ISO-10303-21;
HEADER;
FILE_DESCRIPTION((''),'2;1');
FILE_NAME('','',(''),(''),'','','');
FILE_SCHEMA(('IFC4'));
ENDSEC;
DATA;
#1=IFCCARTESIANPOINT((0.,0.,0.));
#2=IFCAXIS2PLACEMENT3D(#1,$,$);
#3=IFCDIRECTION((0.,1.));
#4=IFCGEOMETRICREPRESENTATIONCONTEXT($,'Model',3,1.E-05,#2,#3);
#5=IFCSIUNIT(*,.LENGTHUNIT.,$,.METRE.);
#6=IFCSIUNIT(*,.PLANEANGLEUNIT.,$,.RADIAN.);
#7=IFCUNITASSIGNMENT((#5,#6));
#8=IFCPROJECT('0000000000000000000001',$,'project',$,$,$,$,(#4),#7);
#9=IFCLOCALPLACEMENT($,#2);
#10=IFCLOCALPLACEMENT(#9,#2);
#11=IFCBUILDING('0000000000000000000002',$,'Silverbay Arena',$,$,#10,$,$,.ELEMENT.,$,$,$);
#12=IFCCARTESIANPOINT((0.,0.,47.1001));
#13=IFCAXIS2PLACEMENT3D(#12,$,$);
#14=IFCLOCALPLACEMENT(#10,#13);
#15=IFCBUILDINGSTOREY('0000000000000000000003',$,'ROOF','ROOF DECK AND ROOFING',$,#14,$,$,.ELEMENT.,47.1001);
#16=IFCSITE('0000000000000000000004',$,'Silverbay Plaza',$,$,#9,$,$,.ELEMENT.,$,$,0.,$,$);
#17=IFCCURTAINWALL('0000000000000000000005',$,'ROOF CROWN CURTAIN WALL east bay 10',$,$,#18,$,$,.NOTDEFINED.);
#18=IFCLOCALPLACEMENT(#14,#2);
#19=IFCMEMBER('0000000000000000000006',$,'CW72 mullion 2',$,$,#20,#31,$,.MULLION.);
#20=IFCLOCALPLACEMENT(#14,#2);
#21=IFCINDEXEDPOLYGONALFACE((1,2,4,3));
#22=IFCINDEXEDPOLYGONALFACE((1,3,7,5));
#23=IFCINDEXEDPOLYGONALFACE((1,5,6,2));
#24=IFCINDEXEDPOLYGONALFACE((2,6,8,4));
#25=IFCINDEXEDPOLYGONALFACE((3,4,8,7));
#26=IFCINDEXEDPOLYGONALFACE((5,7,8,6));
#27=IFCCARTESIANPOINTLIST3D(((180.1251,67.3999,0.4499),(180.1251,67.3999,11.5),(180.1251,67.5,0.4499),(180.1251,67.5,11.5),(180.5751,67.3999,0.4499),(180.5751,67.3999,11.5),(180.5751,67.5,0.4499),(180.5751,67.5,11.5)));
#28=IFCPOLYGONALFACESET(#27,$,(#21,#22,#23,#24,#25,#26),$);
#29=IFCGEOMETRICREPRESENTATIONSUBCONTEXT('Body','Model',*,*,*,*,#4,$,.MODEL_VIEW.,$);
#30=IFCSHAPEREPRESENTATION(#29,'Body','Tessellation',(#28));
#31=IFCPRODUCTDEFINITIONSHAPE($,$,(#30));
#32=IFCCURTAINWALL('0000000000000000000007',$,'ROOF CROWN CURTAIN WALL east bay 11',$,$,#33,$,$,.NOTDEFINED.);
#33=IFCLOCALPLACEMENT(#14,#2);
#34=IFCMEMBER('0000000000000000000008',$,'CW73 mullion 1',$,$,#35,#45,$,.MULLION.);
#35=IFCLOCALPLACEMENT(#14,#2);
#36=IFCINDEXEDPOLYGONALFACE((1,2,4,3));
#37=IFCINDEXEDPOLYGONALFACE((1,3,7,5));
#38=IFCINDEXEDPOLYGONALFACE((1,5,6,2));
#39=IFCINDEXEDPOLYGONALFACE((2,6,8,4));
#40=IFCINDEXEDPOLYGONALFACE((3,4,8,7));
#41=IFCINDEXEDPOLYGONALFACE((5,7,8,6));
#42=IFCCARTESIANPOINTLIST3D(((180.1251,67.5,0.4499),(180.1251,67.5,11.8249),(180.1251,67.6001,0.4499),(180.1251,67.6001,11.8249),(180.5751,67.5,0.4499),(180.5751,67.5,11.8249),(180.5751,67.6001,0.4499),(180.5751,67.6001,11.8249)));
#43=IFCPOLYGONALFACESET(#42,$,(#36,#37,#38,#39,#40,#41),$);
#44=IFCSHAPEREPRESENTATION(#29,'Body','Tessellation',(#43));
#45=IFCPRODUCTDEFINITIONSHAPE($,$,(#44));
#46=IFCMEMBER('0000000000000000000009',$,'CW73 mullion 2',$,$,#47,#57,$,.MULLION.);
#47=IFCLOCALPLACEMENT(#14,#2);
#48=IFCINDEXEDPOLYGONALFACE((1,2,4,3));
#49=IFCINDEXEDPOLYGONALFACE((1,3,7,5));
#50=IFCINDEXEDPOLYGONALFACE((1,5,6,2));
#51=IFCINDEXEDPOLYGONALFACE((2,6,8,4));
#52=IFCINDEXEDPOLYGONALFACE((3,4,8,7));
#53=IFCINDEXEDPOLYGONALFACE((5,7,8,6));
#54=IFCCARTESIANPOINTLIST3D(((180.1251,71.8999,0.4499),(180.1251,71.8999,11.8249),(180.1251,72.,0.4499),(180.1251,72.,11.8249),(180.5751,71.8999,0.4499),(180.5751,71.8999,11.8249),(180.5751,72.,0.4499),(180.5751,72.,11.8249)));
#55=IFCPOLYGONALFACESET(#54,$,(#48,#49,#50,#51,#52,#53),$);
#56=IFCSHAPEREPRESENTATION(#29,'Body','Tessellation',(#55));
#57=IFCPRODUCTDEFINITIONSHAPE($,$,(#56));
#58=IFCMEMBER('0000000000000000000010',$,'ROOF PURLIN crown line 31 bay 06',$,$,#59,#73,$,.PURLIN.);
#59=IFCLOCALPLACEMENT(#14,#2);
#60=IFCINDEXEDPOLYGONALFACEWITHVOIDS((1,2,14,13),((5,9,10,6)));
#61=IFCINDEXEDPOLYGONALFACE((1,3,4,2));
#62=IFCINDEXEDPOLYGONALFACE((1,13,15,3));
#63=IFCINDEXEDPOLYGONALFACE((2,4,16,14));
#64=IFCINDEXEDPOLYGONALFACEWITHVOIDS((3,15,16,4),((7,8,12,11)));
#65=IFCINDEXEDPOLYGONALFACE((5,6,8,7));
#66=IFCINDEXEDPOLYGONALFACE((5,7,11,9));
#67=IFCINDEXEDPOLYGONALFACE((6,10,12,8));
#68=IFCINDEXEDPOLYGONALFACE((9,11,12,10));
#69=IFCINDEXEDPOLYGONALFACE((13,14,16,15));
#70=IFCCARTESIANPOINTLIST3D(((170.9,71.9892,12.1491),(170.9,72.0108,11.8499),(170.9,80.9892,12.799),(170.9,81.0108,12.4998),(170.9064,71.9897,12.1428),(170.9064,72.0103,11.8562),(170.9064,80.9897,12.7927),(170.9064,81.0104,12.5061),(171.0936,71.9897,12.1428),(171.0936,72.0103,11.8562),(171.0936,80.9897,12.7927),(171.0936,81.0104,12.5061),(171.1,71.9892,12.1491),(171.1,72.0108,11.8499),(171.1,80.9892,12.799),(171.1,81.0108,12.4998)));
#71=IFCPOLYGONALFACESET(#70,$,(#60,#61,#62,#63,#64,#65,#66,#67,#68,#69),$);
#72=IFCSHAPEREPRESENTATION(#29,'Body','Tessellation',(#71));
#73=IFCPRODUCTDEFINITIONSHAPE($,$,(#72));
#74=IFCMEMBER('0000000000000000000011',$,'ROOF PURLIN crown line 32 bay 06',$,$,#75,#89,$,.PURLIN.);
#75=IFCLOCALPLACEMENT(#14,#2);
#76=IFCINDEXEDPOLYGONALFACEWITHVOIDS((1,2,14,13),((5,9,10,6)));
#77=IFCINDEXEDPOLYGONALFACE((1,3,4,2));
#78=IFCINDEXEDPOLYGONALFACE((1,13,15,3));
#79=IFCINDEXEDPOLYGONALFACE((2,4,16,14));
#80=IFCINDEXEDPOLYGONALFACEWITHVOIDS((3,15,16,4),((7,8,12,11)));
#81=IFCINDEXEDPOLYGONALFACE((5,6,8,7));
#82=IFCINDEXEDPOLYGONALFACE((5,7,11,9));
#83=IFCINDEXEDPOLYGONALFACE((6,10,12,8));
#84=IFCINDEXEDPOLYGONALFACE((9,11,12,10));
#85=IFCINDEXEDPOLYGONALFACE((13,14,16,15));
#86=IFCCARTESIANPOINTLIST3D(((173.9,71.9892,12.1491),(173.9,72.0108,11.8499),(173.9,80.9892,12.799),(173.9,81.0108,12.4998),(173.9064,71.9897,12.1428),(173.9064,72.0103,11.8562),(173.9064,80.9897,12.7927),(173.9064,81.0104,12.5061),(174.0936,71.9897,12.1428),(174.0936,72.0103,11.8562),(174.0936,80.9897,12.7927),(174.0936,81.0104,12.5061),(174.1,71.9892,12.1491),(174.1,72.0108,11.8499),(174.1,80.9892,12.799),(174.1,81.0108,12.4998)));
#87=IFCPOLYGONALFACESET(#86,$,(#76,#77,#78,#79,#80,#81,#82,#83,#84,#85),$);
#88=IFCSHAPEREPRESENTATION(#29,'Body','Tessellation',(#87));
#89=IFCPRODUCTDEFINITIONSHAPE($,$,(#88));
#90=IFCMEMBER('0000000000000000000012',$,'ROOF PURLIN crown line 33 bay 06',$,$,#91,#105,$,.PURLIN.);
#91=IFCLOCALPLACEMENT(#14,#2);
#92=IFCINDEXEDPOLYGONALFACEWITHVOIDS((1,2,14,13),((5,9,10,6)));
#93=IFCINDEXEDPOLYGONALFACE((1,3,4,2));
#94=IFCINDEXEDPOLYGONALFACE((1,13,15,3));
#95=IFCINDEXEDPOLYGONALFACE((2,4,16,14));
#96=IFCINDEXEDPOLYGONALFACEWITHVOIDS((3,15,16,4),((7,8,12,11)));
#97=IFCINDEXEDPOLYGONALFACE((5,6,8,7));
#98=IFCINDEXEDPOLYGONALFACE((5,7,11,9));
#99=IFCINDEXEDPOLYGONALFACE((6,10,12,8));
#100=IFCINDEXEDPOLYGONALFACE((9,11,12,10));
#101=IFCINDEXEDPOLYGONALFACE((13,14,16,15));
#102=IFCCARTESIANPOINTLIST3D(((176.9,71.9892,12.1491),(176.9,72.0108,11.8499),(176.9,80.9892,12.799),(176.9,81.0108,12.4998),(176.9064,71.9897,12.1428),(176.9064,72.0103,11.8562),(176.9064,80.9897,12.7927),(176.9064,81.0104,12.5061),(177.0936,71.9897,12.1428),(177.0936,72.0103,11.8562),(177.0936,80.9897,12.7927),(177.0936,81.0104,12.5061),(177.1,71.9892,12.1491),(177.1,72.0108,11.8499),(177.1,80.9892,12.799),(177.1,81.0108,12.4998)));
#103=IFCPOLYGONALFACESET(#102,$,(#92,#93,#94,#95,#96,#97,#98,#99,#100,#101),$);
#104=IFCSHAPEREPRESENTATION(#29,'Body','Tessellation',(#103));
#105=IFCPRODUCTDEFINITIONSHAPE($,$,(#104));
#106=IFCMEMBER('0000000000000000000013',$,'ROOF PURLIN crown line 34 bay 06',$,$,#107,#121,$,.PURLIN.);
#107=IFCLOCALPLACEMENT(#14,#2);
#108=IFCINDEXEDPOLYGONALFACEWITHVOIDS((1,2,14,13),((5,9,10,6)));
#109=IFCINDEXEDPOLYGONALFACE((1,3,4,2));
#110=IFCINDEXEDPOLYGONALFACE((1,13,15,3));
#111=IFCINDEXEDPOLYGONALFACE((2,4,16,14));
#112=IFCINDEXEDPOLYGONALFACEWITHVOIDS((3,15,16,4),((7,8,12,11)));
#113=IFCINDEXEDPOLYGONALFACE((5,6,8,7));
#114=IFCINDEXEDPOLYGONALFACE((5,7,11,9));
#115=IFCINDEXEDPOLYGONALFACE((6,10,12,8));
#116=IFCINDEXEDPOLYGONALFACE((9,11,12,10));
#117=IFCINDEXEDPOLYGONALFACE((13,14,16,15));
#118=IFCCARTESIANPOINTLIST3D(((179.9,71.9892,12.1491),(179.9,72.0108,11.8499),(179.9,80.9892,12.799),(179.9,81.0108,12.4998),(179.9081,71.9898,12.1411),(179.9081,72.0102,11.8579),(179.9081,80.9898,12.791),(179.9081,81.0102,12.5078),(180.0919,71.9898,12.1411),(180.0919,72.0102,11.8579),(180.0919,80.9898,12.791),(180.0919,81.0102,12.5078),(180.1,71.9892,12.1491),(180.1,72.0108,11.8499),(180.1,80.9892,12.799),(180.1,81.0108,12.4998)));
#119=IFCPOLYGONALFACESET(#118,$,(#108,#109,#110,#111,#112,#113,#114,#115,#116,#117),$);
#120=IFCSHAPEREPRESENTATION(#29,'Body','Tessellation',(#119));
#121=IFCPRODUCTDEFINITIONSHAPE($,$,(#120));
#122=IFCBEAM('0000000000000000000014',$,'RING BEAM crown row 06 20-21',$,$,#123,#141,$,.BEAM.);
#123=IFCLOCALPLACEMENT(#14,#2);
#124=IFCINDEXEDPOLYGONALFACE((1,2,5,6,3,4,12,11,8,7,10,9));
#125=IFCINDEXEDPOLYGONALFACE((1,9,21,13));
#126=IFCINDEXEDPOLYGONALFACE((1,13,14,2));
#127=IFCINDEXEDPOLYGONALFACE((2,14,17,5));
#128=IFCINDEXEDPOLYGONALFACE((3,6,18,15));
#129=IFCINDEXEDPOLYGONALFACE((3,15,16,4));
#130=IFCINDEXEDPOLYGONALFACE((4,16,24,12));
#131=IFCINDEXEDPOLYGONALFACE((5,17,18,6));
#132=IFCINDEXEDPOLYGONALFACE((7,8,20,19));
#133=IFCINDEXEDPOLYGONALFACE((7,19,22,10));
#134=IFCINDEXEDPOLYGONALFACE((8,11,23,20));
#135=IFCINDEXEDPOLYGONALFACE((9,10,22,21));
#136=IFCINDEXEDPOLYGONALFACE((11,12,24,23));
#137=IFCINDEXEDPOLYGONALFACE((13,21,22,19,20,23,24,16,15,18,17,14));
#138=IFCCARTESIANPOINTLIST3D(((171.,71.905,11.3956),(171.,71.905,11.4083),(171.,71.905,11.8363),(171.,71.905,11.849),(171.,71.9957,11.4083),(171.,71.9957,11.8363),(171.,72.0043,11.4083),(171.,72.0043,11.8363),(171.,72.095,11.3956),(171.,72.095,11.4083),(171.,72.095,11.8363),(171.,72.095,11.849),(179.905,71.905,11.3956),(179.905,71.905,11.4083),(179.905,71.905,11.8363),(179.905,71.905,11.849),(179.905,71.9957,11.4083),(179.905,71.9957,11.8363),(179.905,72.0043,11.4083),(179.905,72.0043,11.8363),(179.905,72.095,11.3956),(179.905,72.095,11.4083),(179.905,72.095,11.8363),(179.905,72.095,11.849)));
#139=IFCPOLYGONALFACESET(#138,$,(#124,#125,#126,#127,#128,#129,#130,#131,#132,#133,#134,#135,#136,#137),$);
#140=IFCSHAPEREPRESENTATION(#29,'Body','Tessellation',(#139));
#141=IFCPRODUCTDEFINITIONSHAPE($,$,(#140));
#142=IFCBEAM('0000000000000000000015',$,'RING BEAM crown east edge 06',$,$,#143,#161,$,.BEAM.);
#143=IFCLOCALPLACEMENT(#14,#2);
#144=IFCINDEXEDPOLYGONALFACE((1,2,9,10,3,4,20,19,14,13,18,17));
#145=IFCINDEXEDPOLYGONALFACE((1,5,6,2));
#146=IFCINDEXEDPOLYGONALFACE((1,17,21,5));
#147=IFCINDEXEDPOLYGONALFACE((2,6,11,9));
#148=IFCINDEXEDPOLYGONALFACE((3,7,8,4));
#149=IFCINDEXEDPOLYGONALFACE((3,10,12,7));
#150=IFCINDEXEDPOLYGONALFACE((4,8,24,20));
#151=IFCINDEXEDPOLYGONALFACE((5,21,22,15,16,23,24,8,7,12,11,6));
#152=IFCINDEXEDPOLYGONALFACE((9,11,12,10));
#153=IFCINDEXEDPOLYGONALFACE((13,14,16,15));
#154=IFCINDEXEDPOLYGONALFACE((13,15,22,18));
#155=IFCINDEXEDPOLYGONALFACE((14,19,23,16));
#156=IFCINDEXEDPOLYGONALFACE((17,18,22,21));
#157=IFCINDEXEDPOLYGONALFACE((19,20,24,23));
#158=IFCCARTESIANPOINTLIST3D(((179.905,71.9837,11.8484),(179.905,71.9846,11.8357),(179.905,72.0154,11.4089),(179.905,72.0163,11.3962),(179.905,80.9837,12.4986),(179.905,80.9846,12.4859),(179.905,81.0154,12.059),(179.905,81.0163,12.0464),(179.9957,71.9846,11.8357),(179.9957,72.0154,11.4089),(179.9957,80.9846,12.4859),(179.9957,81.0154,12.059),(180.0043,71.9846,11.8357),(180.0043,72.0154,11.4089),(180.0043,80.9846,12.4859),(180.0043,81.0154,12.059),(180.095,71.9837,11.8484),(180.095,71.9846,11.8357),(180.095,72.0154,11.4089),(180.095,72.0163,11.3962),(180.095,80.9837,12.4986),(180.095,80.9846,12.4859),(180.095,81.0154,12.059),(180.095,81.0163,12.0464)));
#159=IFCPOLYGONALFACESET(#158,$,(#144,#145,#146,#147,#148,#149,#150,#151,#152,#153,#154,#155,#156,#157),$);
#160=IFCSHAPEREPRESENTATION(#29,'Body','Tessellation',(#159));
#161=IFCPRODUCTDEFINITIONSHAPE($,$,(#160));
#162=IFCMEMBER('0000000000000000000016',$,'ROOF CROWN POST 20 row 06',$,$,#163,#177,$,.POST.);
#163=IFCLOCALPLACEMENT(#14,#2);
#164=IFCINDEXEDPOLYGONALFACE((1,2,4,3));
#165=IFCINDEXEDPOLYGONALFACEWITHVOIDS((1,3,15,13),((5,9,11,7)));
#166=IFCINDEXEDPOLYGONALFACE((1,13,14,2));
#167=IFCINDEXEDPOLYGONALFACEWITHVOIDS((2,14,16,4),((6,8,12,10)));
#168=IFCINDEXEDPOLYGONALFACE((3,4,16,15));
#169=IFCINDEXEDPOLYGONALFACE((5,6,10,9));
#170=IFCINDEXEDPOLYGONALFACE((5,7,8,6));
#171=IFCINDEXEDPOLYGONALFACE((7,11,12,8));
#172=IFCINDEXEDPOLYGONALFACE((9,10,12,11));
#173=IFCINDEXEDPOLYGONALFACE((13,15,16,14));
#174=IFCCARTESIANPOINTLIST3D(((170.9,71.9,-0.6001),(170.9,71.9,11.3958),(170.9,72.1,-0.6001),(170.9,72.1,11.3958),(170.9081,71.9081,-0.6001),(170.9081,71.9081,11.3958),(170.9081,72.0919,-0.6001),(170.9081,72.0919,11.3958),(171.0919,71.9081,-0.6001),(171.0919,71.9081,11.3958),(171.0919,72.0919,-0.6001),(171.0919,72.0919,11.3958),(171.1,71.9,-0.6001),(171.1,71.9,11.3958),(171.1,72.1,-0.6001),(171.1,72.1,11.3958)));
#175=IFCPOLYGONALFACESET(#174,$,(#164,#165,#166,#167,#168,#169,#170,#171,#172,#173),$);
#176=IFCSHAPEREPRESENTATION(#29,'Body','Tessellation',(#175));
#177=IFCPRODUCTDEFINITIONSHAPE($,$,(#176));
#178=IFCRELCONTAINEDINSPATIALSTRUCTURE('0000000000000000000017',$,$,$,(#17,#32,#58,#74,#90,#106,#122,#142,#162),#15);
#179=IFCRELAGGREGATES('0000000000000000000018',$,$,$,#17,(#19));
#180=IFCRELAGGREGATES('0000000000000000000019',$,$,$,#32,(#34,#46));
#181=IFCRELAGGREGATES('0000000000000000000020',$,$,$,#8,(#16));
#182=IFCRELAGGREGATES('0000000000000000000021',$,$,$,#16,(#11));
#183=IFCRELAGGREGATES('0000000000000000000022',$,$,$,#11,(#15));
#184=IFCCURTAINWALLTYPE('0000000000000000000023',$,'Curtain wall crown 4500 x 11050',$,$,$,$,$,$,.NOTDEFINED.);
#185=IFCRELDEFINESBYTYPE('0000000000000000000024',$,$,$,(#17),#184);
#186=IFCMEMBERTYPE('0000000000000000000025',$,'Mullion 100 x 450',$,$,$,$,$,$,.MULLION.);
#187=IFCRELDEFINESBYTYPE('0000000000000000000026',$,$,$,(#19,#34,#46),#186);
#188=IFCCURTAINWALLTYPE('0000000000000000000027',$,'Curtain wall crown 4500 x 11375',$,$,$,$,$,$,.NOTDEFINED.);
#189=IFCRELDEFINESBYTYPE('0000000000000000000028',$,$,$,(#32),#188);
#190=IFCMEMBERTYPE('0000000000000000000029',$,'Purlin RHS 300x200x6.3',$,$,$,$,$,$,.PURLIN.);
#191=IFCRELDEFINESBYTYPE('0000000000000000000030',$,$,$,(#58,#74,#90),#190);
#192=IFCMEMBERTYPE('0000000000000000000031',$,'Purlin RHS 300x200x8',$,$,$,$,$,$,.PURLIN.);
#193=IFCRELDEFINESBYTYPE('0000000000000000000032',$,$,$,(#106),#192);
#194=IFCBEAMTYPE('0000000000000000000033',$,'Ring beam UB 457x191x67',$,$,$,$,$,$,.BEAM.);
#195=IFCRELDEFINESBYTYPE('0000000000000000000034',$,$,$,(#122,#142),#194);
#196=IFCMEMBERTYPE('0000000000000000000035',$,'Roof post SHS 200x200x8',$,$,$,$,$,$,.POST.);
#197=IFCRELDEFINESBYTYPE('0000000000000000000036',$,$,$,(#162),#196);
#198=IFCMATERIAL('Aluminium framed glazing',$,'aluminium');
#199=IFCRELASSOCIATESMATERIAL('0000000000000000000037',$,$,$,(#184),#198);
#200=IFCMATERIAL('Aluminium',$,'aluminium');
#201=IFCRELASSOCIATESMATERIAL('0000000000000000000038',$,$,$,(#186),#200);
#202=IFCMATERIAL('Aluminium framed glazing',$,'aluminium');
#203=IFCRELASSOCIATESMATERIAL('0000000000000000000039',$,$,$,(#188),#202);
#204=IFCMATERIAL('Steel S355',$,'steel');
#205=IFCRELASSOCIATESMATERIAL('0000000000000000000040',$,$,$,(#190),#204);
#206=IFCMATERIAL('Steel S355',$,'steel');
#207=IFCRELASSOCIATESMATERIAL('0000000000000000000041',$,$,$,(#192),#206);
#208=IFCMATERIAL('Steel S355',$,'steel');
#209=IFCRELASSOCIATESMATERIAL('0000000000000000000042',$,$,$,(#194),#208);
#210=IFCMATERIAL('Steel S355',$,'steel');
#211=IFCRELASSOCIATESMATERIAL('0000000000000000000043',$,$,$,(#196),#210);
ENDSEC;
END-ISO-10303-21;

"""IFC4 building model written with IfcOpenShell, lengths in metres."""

from ifc_helpers import new_model, si_unit, direction, frame, origin, origin_2d, place, context, subcontext, project, spatial, rectangle, hollow_rectangle, i_section, extrude, material, material_profile, profile_set, type_object, element, aggregate, save


model = new_model("IFC4")

# Units and contexts
model_context = context("Model", 3, precision=1e-05, world=origin(), true_north=direction((0.0, 1.0)))
body_context = subcontext(model_context, "Body", "Model", "MODEL_VIEW")
ifc_project = project(units=[si_unit("LENGTHUNIT", "METRE"), si_unit("PLANEANGLEUNIT", "RADIAN")], contexts=[model_context])

# Site, building, storey
site_placement = place(None, origin())
site = spatial("IfcSite", under=ifc_project, at=site_placement, Name="Silverbay Plaza", CompositionType="ELEMENT", RefElevation=0.0)
building_placement = place(site_placement, origin())
building = spatial("IfcBuilding", under=site, at=building_placement, Name="Silverbay Arena", CompositionType="ELEMENT")
storey_placement = place(building_placement, frame((0.0, 0.0, 47.1001)))
storey = spatial("IfcBuildingStorey", under=building, at=storey_placement, Name="ROOF", Description="ROOF DECK AND ROOFING", CompositionType="ELEMENT", Elevation=47.1001)

# Curtain wall, member
ifc_material_1 = material(Name="Aluminium framed glazing", Category="aluminium")
curtain_wall_type_1 = type_object("IfcCurtainWallType", Name="Curtain wall crown 4500 x 11050", PredefinedType="NOTDEFINED", material=ifc_material_1)
curtain_wall_1_placement = place(storey_placement, origin())
curtain_wall_1 = element("IfcCurtainWall", 1, at=curtain_wall_1_placement, inside=storey, type_object=curtain_wall_type_1, Name="ROOF CROWN CURTAIN WALL east bay 10", PredefinedType="NOTDEFINED")
ifc_material_2 = material(Name="Aluminium", Category="aluminium")
ifc_material_profile_1 = material_profile(ifc_material_2, rectangle(XDim=0.45, YDim=0.1001, at=origin_2d()), Name="Mullion 100 x 450")
ifc_profile_set_1 = profile_set([ifc_material_profile_1], Name="Aluminium")
member_type_1 = type_object("IfcMemberType", Name="Mullion 100 x 450", PredefinedType="MULLION", material=ifc_profile_set_1)
placement = place(building_placement, frame((0.0, 0.0, 33.5)))
member_1_placement = place(placement, frame((180.3501, 67.45, 14.05), z_axis=(0.0, 0.0, 1.0), x_axis=(-1.0, 0.0, 0.0)))
member_1 = element("IfcMember", 2, at=member_1_placement, type_object=member_type_1, Name="CW72 mullion 2", PredefinedType="MULLION", context=body_context, shape_type="SweptSolid", body=[
    extrude(rectangle(XDim=0.45, YDim=0.1001, at=origin_2d()), origin(), (0.0, 0.0, 1.0), 11.05),
])

# Curtain wall, members
ifc_material_3 = material(Name="Aluminium framed glazing", Category="aluminium")
curtain_wall_type_2 = type_object("IfcCurtainWallType", Name="Curtain wall crown 4500 x 11375", PredefinedType="NOTDEFINED", material=ifc_material_3)
curtain_wall_2_placement = place(storey_placement, origin())
curtain_wall_2 = element("IfcCurtainWall", 3, at=curtain_wall_2_placement, inside=storey, type_object=curtain_wall_type_2, Name="ROOF CROWN CURTAIN WALL east bay 11", PredefinedType="NOTDEFINED")
member_2_placement = place(placement, frame((180.3501, 67.55, 14.05), z_axis=(0.0, 0.0, 1.0), x_axis=(-1.0, 0.0, 0.0)))
member_2 = element("IfcMember", 4, at=member_2_placement, type_object=member_type_1, Name="CW73 mullion 1", PredefinedType="MULLION", context=body_context, shape_type="SweptSolid", body=[
    extrude(rectangle(XDim=0.45, YDim=0.1001, at=origin_2d()), origin(), (0.0, 0.0, 1.0), 11.375),
])
member_3_placement = place(placement, frame((180.3501, 71.95, 14.05), z_axis=(0.0, 0.0, 1.0), x_axis=(-1.0, 0.0, 0.0)))
member_3 = element("IfcMember", 5, at=member_3_placement, type_object=member_type_1, Name="CW73 mullion 2", PredefinedType="MULLION", context=body_context, shape_type="SweptSolid", body=[
    extrude(rectangle(XDim=0.45, YDim=0.1001, at=origin_2d()), origin(), (0.0, 0.0, 1.0), 11.375),
])

# Members
ifc_material_4 = material(Name="Steel S355", Category="steel")
ifc_material_profile_2 = material_profile(ifc_material_4, hollow_rectangle(XDim=0.2, YDim=0.3, WallThickness=0.0063, at=origin_2d()), Name="RHS 300x200x6.3")
ifc_profile_set_2 = profile_set([ifc_material_profile_2], Name="Steel S355")
member_type_2 = type_object("IfcMemberType", Name="Purlin RHS 300x200x6.3", PredefinedType="PURLIN", material=ifc_profile_set_2)
for number, where, z_axis, x_axis, name in (
    (6, (171.0, 72.0, 11.9995), (0.0, 0.997403, 0.072024), (-1.0, 0.0, 0.0), "ROOF PURLIN crown line 31 bay 06"),
    (7, (174.0, 72.0, 11.9995), (0.0, 0.997403, 0.072024), (-1.0, 0.0, 0.0), "ROOF PURLIN crown line 32 bay 06"),
    (8, (177.0, 72.0, 11.9995), (0.0, 0.997403, 0.072024), (-1.0, 0.0, 0.0), "ROOF PURLIN crown line 33 bay 06"),
):
    element("IfcMember", number, at=place(storey_placement, frame(where, z_axis=z_axis, x_axis=x_axis)), inside=storey, type_object=member_type_2, Name=name, PredefinedType="PURLIN", context=body_context, shape_type="SweptSolid", body=[
        extrude(hollow_rectangle(XDim=0.2, YDim=0.3, WallThickness=0.0063, at=origin_2d()), origin(), (0.0, 0.0, 1.0), 9.0234),
    ])
ifc_material_5 = material(Name="Steel S355", Category="steel")
ifc_material_profile_3 = material_profile(ifc_material_5, hollow_rectangle(XDim=0.2, YDim=0.3, WallThickness=0.0081, at=origin_2d()), Name="RHS 300x200x8")
ifc_profile_set_3 = profile_set([ifc_material_profile_3], Name="Steel S355")
member_type_3 = type_object("IfcMemberType", Name="Purlin RHS 300x200x8", PredefinedType="PURLIN", material=ifc_profile_set_3)
member_4_placement = place(storey_placement, frame((180.0, 72.0, 11.9995), z_axis=(0.0, 0.997403, 0.072024), x_axis=(-1.0, 0.0, 0.0)))
element("IfcMember", 9, at=member_4_placement, inside=storey, type_object=member_type_3, Name="ROOF PURLIN crown line 34 bay 06", PredefinedType="PURLIN", context=body_context, shape_type="SweptSolid", body=[
    extrude(hollow_rectangle(XDim=0.2, YDim=0.3, WallThickness=0.0081, at=origin_2d()), origin(), (0.0, 0.0, 1.0), 9.0234),
])

# Beams
ifc_material_6 = material(Name="Steel S355", Category="steel")
ifc_material_profile_4 = material_profile(ifc_material_6, i_section(OverallWidth=0.1899, OverallDepth=0.4534, WebThickness=0.0085, FlangeThickness=0.0127, at=origin_2d()), Name="UB 457x191x67")
ifc_profile_set_4 = profile_set([ifc_material_profile_4], Name="Steel S355")
beam_type = type_object("IfcBeamType", Name="Ring beam UB 457x191x67", PredefinedType="BEAM", material=ifc_profile_set_4)
beam_1_placement = place(storey_placement, frame((171.0, 72.0, 11.6223), z_axis=(1.0, 0.0, 0.0), x_axis=(0.0, 1.0, 0.0)))
element("IfcBeam", 10, at=beam_1_placement, inside=storey, type_object=beam_type, Name="RING BEAM crown row 06 20-21", PredefinedType="BEAM", context=body_context, shape_type="SweptSolid", body=[
    extrude(i_section(OverallWidth=0.1899, OverallDepth=0.4534, WebThickness=0.0085, FlangeThickness=0.0127, at=origin_2d()), origin(), (0.0, 0.0, 1.0), 8.905),
])
beam_2_placement = place(storey_placement, frame((180.0, 72.0, 11.6223), z_axis=(0.0, 0.997401, 0.072051), x_axis=(-1.0, 0.0, 0.0)))
element("IfcBeam", 11, at=beam_2_placement, inside=storey, type_object=beam_type, Name="RING BEAM crown east edge 06", PredefinedType="BEAM", context=body_context, shape_type="SweptSolid", body=[
    extrude(i_section(OverallWidth=0.1899, OverallDepth=0.4534, WebThickness=0.0085, FlangeThickness=0.0127, at=origin_2d()), origin(), (0.0, 0.0, 1.0), 9.0234),
])

# Member
ifc_material_7 = material(Name="Steel S355", Category="steel")
ifc_material_profile_5 = material_profile(ifc_material_7, hollow_rectangle(XDim=0.2, YDim=0.2, WallThickness=0.0081, at=origin_2d()), Name="SHS 200x200x8")
ifc_profile_set_5 = profile_set([ifc_material_profile_5], Name="Steel S355")
member_type_4 = type_object("IfcMemberType", Name="Roof post SHS 200x200x8", PredefinedType="POST", material=ifc_profile_set_5)
member_5_placement = place(storey_placement, frame((171.0, 72.0, -0.6001), z_axis=(0.0, 0.0, 1.0), x_axis=(1.0, 0.0, 0.0)))
element("IfcMember", 12, at=member_5_placement, inside=storey, type_object=member_type_4, Name="ROOF CROWN POST 20 row 06", PredefinedType="POST", context=body_context, shape_type="SweptSolid", body=[
    extrude(hollow_rectangle(XDim=0.2, YDim=0.2, WallThickness=0.0081, at=origin_2d()), origin(), (0.0, 0.0, 1.0), 11.9958),
])

aggregate(curtain_wall_1, [member_1])
aggregate(curtain_wall_2, [member_2, member_3])

save(model, "model.ifc")
